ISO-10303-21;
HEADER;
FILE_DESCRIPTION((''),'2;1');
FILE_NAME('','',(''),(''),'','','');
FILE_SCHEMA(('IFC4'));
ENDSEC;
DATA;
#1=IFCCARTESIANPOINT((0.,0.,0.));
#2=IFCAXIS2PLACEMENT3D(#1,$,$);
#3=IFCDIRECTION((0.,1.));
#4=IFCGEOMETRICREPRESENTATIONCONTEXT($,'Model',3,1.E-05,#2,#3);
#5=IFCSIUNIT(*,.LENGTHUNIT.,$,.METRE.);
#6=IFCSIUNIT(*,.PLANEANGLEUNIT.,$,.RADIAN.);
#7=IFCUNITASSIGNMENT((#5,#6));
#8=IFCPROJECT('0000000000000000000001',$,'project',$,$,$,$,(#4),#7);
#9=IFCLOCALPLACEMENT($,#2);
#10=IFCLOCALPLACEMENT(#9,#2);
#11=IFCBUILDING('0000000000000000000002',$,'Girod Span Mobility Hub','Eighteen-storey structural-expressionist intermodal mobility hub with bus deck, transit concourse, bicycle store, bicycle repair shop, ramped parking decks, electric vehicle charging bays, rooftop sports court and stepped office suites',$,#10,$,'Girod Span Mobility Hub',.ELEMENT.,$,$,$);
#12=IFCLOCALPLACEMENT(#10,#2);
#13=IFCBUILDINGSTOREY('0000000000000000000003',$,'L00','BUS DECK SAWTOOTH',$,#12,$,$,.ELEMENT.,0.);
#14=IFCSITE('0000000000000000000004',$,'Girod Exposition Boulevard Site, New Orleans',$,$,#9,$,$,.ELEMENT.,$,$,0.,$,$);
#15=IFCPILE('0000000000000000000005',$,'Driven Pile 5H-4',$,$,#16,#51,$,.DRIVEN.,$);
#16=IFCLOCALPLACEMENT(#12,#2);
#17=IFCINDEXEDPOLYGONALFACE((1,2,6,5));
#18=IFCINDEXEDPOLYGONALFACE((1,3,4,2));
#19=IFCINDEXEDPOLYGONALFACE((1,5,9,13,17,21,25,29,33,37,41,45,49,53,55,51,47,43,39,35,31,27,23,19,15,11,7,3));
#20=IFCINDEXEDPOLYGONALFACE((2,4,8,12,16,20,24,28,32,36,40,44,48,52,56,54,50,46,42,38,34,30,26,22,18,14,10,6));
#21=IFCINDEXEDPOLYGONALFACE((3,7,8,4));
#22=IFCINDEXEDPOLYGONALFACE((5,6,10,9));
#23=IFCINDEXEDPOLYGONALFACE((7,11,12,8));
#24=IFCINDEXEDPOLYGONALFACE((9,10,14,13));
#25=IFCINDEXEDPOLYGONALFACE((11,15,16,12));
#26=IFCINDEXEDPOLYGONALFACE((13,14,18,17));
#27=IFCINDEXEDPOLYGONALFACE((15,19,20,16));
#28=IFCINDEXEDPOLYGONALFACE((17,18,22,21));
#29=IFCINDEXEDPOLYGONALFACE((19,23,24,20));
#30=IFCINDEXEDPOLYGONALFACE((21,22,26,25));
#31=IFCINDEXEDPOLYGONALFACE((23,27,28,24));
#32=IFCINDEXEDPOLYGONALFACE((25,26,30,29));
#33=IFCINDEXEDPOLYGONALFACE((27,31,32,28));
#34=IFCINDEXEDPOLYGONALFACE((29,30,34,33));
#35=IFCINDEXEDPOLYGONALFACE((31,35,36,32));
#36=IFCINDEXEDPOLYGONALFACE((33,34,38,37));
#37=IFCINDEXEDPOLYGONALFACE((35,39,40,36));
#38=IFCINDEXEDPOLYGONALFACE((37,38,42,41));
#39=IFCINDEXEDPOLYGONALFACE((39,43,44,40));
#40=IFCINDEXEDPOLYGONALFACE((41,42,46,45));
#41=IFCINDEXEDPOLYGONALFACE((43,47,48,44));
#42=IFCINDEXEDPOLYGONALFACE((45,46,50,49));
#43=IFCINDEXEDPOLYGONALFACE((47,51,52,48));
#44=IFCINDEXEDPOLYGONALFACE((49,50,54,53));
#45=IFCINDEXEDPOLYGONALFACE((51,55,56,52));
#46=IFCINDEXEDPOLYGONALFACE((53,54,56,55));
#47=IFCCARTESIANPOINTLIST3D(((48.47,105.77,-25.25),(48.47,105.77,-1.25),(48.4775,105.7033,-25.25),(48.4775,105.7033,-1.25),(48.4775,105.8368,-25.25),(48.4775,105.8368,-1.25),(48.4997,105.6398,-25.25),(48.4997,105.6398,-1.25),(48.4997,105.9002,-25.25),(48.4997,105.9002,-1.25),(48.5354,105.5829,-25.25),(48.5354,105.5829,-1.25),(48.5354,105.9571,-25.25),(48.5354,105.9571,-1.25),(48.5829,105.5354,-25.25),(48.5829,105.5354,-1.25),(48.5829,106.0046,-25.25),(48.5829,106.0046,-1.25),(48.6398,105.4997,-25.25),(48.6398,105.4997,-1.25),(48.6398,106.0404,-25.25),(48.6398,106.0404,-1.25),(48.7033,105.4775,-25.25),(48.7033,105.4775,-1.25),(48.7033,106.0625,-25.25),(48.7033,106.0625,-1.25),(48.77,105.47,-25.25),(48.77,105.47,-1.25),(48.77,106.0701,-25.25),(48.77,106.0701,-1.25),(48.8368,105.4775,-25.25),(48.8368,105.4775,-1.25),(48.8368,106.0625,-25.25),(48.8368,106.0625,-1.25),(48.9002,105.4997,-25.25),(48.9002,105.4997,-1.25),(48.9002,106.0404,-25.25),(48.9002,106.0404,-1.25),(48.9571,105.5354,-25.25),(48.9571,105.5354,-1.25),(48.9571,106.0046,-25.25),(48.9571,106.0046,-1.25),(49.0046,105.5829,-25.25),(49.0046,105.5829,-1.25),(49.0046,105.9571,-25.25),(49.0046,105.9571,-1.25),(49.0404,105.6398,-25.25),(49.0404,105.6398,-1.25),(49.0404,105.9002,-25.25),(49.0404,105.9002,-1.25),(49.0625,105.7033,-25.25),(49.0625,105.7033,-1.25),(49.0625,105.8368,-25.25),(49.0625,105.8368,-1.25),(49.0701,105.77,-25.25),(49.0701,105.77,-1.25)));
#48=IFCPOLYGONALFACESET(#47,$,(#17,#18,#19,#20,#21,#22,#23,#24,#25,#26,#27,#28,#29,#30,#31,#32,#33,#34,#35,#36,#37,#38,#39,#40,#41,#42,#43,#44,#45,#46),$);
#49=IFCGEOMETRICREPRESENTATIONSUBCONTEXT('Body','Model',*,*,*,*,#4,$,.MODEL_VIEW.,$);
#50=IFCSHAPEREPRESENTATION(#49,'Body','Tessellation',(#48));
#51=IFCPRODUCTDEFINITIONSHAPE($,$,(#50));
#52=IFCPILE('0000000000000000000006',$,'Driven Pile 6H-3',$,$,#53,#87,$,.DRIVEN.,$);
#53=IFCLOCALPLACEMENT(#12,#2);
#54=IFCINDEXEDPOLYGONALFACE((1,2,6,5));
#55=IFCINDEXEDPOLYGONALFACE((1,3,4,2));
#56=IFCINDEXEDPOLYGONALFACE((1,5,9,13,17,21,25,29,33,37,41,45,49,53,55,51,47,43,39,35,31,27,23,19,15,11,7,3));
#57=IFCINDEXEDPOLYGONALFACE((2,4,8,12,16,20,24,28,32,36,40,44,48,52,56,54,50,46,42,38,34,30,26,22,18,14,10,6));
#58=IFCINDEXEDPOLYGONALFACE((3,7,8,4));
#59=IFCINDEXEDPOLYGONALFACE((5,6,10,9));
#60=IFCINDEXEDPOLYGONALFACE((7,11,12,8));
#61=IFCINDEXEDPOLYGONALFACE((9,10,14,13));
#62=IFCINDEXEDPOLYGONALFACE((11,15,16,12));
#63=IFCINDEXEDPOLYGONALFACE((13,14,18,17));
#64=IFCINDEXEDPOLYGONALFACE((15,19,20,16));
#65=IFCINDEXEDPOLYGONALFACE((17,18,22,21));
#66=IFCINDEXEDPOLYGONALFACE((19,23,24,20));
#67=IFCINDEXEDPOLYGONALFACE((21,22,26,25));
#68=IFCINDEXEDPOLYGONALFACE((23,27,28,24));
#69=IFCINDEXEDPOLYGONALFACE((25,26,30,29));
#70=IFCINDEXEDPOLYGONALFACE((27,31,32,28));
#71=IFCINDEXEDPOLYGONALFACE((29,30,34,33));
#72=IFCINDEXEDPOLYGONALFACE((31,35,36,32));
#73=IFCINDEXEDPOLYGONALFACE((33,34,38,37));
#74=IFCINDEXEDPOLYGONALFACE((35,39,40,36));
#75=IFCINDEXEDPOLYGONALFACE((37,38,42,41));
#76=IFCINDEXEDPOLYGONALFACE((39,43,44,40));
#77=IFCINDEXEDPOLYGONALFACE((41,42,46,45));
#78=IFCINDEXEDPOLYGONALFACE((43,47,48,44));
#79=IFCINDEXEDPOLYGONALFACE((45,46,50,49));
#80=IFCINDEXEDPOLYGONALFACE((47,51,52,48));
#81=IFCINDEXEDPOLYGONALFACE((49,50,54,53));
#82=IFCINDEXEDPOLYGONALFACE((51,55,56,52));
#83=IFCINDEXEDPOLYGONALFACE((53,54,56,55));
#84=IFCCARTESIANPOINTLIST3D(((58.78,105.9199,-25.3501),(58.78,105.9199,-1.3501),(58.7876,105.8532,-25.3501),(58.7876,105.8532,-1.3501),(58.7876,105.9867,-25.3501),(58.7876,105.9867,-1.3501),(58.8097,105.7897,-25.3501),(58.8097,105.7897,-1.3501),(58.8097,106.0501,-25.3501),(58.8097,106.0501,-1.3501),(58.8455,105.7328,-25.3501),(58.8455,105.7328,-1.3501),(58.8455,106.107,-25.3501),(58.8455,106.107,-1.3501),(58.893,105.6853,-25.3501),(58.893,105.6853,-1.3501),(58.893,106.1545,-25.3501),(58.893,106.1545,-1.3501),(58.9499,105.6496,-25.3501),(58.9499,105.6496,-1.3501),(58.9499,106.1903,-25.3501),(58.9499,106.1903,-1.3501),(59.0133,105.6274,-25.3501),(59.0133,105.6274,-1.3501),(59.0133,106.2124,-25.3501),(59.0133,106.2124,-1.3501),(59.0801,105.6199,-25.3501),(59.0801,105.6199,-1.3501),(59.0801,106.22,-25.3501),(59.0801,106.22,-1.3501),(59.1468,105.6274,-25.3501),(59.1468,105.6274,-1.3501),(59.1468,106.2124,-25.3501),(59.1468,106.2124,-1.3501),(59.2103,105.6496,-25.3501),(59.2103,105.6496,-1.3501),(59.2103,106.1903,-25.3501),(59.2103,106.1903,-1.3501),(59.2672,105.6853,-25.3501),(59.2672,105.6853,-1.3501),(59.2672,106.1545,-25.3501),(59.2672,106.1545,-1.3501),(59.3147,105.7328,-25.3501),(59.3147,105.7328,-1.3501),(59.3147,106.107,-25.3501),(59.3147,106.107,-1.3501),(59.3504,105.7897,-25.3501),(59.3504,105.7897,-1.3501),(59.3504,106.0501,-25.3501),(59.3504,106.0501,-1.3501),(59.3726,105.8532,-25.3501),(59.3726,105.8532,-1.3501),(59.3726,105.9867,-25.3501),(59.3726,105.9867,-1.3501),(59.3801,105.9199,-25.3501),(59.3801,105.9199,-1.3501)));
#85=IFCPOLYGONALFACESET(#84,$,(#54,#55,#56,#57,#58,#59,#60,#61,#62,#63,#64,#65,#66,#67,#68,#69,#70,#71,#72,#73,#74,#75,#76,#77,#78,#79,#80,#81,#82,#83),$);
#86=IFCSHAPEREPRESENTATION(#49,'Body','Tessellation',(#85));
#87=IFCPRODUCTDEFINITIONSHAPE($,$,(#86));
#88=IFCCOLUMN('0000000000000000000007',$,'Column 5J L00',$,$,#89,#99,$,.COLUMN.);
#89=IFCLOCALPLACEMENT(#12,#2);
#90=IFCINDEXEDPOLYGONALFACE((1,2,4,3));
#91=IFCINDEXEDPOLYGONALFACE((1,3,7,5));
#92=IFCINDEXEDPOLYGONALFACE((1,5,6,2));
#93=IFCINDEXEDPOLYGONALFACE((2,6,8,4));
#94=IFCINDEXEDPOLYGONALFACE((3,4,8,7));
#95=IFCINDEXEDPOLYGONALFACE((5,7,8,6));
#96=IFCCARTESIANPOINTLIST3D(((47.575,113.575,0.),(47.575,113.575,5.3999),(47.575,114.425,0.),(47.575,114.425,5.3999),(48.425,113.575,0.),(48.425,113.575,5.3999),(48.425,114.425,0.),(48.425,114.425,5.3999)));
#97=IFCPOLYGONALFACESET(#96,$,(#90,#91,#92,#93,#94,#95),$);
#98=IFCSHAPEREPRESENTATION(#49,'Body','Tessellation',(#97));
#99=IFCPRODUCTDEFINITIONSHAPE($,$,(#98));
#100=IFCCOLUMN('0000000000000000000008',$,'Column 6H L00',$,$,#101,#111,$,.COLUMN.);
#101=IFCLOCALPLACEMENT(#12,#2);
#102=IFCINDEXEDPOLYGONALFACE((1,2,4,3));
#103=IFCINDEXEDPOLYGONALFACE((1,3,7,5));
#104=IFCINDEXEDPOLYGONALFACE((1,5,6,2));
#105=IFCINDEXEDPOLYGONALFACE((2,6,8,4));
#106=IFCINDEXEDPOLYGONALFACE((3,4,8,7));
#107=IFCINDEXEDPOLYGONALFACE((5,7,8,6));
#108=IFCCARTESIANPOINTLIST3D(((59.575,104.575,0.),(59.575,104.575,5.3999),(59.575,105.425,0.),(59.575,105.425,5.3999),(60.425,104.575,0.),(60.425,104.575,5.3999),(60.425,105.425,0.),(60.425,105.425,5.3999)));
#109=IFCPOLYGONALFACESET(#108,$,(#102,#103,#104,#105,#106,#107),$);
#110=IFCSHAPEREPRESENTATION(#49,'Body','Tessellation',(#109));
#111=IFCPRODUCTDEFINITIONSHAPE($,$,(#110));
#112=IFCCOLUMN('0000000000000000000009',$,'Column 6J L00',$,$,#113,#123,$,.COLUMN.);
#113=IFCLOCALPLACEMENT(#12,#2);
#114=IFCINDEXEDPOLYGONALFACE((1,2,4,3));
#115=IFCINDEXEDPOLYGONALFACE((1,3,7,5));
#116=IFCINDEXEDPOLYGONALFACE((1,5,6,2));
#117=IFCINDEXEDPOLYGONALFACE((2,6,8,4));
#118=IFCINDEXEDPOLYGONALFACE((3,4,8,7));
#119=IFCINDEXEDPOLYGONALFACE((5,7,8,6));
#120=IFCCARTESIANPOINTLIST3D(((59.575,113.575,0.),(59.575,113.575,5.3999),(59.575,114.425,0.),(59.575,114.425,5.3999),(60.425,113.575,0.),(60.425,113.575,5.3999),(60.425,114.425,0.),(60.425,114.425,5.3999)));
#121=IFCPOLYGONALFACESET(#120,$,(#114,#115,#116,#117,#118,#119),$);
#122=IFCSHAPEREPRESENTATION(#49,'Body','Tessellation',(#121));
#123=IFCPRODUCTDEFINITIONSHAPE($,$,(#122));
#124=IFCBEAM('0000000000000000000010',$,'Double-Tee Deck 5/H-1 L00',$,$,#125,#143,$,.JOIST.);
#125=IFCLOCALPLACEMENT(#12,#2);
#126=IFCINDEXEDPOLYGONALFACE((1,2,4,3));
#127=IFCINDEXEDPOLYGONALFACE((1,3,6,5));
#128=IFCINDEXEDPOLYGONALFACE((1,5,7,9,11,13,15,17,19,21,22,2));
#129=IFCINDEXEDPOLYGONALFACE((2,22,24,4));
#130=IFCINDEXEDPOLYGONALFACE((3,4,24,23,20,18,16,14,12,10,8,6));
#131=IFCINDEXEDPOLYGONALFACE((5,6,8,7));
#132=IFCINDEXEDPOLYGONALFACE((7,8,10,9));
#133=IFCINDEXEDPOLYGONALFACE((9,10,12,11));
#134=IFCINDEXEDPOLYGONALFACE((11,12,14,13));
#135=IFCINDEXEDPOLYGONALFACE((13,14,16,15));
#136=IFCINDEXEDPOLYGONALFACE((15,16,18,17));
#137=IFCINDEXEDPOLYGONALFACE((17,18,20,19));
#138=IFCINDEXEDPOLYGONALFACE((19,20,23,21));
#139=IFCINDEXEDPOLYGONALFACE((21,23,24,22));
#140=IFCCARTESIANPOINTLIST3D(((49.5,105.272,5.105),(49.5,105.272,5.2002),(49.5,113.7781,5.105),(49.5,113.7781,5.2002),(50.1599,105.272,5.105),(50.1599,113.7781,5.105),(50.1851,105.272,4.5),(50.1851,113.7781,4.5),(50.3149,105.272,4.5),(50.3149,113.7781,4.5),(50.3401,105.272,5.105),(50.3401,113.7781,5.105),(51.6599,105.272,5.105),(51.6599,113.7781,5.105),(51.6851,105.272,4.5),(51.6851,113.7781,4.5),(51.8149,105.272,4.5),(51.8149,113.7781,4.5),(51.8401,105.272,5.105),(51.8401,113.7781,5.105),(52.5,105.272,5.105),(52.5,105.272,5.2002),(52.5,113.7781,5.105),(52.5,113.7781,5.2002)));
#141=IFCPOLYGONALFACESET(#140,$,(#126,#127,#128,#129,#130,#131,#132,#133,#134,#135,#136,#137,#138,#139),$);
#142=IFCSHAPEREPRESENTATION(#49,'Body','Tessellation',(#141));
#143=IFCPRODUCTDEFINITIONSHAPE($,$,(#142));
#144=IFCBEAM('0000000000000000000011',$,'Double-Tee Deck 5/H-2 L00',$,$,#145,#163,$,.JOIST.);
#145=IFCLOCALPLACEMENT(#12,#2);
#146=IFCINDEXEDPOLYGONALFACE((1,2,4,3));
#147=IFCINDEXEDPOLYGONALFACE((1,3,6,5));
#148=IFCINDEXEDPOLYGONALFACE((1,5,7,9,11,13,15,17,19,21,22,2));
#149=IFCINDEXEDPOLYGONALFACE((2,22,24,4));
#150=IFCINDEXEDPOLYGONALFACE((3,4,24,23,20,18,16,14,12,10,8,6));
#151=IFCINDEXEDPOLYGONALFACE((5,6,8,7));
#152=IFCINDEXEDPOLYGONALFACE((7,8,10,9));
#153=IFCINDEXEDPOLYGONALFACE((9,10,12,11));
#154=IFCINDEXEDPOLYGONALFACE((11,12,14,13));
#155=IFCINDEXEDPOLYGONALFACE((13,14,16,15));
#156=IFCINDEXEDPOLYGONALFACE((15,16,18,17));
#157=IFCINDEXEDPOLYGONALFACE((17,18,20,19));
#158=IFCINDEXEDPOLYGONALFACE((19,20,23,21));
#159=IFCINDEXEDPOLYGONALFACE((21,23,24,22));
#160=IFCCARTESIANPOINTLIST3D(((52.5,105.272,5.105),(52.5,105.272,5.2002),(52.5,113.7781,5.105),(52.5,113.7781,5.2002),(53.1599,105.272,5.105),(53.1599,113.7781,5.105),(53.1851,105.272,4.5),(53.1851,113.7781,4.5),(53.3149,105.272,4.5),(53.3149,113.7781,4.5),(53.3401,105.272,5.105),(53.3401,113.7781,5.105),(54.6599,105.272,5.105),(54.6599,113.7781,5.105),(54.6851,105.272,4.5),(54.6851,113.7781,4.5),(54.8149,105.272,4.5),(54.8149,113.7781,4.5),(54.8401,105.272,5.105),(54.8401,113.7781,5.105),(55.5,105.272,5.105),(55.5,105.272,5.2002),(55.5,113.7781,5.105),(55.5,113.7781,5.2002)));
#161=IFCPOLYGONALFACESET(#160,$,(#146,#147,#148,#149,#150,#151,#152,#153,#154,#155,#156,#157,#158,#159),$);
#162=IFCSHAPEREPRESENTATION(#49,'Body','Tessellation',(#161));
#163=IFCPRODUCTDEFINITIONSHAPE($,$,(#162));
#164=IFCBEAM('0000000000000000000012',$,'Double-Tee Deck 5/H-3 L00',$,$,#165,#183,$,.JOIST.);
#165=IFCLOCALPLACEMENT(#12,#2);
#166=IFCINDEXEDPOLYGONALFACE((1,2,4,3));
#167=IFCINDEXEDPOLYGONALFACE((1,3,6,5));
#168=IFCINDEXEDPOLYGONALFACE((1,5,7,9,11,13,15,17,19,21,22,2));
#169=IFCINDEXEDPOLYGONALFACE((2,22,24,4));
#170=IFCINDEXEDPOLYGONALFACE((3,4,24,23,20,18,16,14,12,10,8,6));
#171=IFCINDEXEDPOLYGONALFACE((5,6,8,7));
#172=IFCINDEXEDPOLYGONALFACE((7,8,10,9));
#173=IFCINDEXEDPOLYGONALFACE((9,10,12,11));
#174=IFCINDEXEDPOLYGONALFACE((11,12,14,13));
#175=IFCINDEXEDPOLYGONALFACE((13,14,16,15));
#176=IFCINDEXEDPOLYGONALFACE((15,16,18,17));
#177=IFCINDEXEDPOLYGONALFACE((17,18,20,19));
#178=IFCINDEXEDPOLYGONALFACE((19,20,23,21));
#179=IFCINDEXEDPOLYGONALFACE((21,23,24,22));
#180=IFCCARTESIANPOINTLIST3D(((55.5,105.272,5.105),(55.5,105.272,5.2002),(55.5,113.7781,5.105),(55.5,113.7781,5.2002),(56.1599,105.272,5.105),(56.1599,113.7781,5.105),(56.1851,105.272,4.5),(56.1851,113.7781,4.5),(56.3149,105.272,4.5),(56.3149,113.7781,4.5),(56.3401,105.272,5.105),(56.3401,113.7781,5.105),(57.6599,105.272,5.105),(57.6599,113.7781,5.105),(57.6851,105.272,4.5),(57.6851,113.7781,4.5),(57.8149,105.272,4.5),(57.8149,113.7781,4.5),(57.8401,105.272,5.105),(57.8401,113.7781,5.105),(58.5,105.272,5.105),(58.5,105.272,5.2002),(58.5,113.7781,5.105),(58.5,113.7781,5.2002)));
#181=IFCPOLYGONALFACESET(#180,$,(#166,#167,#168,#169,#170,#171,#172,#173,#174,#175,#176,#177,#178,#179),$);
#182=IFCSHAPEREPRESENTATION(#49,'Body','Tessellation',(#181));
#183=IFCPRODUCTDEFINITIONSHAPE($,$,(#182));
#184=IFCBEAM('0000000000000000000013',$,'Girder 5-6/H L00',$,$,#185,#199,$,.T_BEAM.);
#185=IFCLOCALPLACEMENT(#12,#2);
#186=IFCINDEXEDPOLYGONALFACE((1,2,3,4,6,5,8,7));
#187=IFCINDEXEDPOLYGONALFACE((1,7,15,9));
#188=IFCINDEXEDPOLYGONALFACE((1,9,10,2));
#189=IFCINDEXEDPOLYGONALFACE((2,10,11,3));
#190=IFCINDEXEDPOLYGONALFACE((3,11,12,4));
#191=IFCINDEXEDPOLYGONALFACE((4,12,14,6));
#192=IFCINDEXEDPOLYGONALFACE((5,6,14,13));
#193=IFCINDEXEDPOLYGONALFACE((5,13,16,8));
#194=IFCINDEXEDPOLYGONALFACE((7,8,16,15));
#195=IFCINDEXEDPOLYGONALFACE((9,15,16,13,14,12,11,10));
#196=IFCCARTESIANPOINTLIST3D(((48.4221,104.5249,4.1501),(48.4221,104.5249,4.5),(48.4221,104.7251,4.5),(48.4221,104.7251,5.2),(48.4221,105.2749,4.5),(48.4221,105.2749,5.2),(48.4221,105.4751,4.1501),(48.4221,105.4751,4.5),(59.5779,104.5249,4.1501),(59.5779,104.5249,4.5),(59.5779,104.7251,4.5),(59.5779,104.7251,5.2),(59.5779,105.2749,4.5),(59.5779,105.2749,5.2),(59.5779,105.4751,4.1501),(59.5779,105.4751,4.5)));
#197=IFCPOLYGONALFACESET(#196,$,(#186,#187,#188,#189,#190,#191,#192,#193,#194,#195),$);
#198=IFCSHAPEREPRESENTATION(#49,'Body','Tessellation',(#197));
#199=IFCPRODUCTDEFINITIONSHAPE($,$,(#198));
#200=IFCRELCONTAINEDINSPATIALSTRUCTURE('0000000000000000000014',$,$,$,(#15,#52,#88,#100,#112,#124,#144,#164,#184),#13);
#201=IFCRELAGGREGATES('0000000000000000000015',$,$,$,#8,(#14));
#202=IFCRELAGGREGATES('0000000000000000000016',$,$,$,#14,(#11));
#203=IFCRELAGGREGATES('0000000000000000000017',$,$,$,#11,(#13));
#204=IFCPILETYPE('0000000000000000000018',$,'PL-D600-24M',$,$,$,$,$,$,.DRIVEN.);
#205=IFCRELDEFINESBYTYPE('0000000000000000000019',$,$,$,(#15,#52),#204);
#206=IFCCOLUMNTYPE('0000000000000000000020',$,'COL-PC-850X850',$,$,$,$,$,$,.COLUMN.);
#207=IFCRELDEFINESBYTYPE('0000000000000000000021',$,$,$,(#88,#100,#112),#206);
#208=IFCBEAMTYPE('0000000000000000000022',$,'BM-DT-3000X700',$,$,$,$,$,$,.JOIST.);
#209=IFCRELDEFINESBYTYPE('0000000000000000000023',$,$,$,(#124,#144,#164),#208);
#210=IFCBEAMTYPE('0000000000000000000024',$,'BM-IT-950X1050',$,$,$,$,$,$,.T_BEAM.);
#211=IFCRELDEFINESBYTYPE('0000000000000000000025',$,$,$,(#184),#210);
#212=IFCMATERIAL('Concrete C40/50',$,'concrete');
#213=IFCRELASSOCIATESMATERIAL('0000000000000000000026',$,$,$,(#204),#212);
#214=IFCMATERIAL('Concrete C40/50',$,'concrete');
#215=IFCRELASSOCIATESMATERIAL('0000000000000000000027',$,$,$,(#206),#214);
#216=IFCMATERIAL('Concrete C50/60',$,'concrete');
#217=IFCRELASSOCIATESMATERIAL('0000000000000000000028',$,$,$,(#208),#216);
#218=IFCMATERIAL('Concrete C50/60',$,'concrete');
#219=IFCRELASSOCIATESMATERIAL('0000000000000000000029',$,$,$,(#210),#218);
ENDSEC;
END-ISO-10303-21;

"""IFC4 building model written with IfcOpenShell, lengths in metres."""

from ifc_helpers import new_model, si_unit, direction, frame, origin, origin_2d, place, context, subcontext, project, spatial, polyline, rectangle, circle, outline, extrude, material, material_profile, profile_set, type_object, element, save


model = new_model("IFC4")

# Units and contexts
model_context = context("Model", 3, precision=1e-05, world=origin(), true_north=direction((0.0, 1.0)))
body_context = subcontext(model_context, "Body", "Model", "MODEL_VIEW")
ifc_project = project(units=[si_unit("LENGTHUNIT", "METRE"), si_unit("PLANEANGLEUNIT", "RADIAN")], contexts=[model_context])

# Site, building, storey
site_placement = place(None, origin())
site = spatial("IfcSite", under=ifc_project, at=site_placement, Name="Girod Exposition Boulevard Site, New Orleans", CompositionType="ELEMENT", RefElevation=0.0)
building_placement = place(site_placement, origin())
building = spatial("IfcBuilding", under=site, at=building_placement, Name="Girod Span Mobility Hub", Description="Eighteen-storey structural-expressionist intermodal mobility hub with bus deck, transit concourse, bicycle store, bicycle repair shop, ramped parking decks, electric vehicle charging bays, rooftop sports court and stepped office suites", LongName="Girod Span Mobility Hub", CompositionType="ELEMENT")
storey_placement = place(building_placement, origin())
storey = spatial("IfcBuildingStorey", under=building, at=storey_placement, Name="L00", Description="BUS DECK SAWTOOTH", CompositionType="ELEMENT", Elevation=0.0)

# Piles
ifc_material_1 = material(Name="Concrete C40/50", Category="concrete")
ifc_material_profile_1 = material_profile(ifc_material_1, circle(Radius=0.3, at=origin_2d()), Name="PILE-D600")
ifc_profile_set_1 = profile_set([ifc_material_profile_1], Name="Concrete C40/50")
pile_type_1 = type_object("IfcPileType", Name="PL-D600-24M", PredefinedType="DRIVEN", material=ifc_profile_set_1)
for number, where, z_axis, x_axis, name in (
    (1, (48.77, 105.77, -1.25), (0.0, 0.0, -1.0), (1.0, 0.0, 0.0), "Driven Pile 5H-4"),
    (2, (59.0801, 105.9199, -1.3501), (0.0, 0.0, -1.0), (1.0, 0.0, 0.0), "Driven Pile 6H-3"),
):
    element("IfcPile", number, at=place(storey_placement, frame(where, z_axis=z_axis, x_axis=x_axis)), inside=storey, type_object=pile_type_1, Name=name, PredefinedType="DRIVEN", context=body_context, shape_type="SweptSolid", body=[
        extrude(circle(Radius=0.3, at=origin_2d()), origin(), (0.0, 0.0, 1.0), 24.0),
    ])

# Columns
ifc_material_2 = material(Name="Concrete C40/50", Category="concrete")
ifc_material_profile_2 = material_profile(ifc_material_2, rectangle(XDim=0.8501, YDim=0.8501, at=origin_2d()), Name="PC-COL-850X850")
ifc_profile_set_2 = profile_set([ifc_material_profile_2], Name="Concrete C40/50")
column_type = type_object("IfcColumnType", Name="COL-PC-850X850", PredefinedType="COLUMN", material=ifc_profile_set_2)
for number, where, z_axis, x_axis, name in (
    (3, (48.0, 114.0, 0.0), (0.0, 0.0, 1.0), (1.0, 0.0, 0.0), "Column 5J L00"),
    (4, (60.0, 105.0, 0.0), (0.0, 0.0, 1.0), (1.0, 0.0, 0.0), "Column 6H L00"),
    (5, (60.0, 114.0, 0.0), (0.0, 0.0, 1.0), (1.0, 0.0, 0.0), "Column 6J L00"),
):
    element("IfcColumn", number, at=place(storey_placement, frame(where, z_axis=z_axis, x_axis=x_axis)), inside=storey, type_object=column_type, Name=name, PredefinedType="COLUMN", context=body_context, shape_type="SweptSolid", body=[
        extrude(rectangle(XDim=0.8501, YDim=0.8501, at=origin_2d()), origin(), (0.0, 0.0, 1.0), 5.3999),
    ])

# Beams
ifc_material_3 = material(Name="Concrete C50/60", Category="concrete")
ifc_material_profile_3 = material_profile(ifc_material_3, outline(polyline([(-1.5, 0.3501), (-1.5, 0.2549), (-0.8401, 0.2549), (-0.8149, -0.3501), (-0.6851, -0.3501), (-0.6599, 0.2549), (0.6599, 0.2549), (0.6851, -0.3501), (0.8149, -0.3501), (0.8401, 0.2549), (1.5, 0.2549), (1.5, 0.3501), (-1.5, 0.3501)])), Name="DT-3000X700")
ifc_profile_set_3 = profile_set([ifc_material_profile_3], Name="Concrete C50/60")
beam_type_1 = type_object("IfcBeamType", Name="BM-DT-3000X700", PredefinedType="JOIST", material=ifc_profile_set_3)
for number, where, z_axis, x_axis, name in (
    (6, (51.0, 105.272, 4.8501), (0.0, 1.0, 0.0), (-1.0, 0.0, 0.0), "Double-Tee Deck 5/H-1 L00"),
    (7, (54.0, 105.272, 4.8501), (0.0, 1.0, 0.0), (-1.0, 0.0, 0.0), "Double-Tee Deck 5/H-2 L00"),
    (8, (57.0, 105.272, 4.8501), (0.0, 1.0, 0.0), (-1.0, 0.0, 0.0), "Double-Tee Deck 5/H-3 L00"),
):
    element("IfcBeam", number, at=place(storey_placement, frame(where, z_axis=z_axis, x_axis=x_axis)), inside=storey, type_object=beam_type_1, Name=name, PredefinedType="JOIST", context=body_context, shape_type="SweptSolid", body=[
        extrude(outline(polyline([(-1.5, 0.3501), (-1.5, 0.2549), (-0.8401, 0.2549), (-0.8149, -0.3501), (-0.6851, -0.3501), (-0.6599, 0.2549), (0.6599, 0.2549), (0.6851, -0.3501), (0.8149, -0.3501), (0.8401, 0.2549), (1.5, 0.2549), (1.5, 0.3501), (-1.5, 0.3501)])), origin(), (0.0, 0.0, 1.0), 8.5061),
    ])
ifc_material_4 = material(Name="Concrete C50/60", Category="concrete")
ifc_material_profile_4 = material_profile(ifc_material_4, outline(polyline([(-0.4751, -0.5249), (0.4751, -0.5249), (0.4751, -0.175), (0.2749, -0.175), (0.2749, 0.5249), (-0.2749, 0.5249), (-0.2749, -0.175), (-0.4751, -0.175), (-0.4751, -0.5249)])), Name="IT-950X1050")
ifc_profile_set_4 = profile_set([ifc_material_profile_4], Name="Concrete C50/60")
beam_type_2 = type_object("IfcBeamType", Name="BM-IT-950X1050", PredefinedType="T_BEAM", material=ifc_profile_set_4)
for number, where, z_axis, x_axis, name in (
    (9, (48.4221, 105.0, 4.675), (1.0, 0.0, 0.0), (0.0, 1.0, 0.0), "Girder 5-6/H L00"),
):
    element("IfcBeam", number, at=place(storey_placement, frame(where, z_axis=z_axis, x_axis=x_axis)), inside=storey, type_object=beam_type_2, Name=name, PredefinedType="T_BEAM", context=body_context, shape_type="SweptSolid", body=[
        extrude(outline(polyline([(-0.4751, -0.5249), (0.4751, -0.5249), (0.4751, -0.175), (0.2749, -0.175), (0.2749, 0.5249), (-0.2749, 0.5249), (-0.2749, -0.175), (-0.4751, -0.175), (-0.4751, -0.5249)])), origin(), (0.0, 0.0, 1.0), 11.1558),
    ])

save(model, "model.ifc")
